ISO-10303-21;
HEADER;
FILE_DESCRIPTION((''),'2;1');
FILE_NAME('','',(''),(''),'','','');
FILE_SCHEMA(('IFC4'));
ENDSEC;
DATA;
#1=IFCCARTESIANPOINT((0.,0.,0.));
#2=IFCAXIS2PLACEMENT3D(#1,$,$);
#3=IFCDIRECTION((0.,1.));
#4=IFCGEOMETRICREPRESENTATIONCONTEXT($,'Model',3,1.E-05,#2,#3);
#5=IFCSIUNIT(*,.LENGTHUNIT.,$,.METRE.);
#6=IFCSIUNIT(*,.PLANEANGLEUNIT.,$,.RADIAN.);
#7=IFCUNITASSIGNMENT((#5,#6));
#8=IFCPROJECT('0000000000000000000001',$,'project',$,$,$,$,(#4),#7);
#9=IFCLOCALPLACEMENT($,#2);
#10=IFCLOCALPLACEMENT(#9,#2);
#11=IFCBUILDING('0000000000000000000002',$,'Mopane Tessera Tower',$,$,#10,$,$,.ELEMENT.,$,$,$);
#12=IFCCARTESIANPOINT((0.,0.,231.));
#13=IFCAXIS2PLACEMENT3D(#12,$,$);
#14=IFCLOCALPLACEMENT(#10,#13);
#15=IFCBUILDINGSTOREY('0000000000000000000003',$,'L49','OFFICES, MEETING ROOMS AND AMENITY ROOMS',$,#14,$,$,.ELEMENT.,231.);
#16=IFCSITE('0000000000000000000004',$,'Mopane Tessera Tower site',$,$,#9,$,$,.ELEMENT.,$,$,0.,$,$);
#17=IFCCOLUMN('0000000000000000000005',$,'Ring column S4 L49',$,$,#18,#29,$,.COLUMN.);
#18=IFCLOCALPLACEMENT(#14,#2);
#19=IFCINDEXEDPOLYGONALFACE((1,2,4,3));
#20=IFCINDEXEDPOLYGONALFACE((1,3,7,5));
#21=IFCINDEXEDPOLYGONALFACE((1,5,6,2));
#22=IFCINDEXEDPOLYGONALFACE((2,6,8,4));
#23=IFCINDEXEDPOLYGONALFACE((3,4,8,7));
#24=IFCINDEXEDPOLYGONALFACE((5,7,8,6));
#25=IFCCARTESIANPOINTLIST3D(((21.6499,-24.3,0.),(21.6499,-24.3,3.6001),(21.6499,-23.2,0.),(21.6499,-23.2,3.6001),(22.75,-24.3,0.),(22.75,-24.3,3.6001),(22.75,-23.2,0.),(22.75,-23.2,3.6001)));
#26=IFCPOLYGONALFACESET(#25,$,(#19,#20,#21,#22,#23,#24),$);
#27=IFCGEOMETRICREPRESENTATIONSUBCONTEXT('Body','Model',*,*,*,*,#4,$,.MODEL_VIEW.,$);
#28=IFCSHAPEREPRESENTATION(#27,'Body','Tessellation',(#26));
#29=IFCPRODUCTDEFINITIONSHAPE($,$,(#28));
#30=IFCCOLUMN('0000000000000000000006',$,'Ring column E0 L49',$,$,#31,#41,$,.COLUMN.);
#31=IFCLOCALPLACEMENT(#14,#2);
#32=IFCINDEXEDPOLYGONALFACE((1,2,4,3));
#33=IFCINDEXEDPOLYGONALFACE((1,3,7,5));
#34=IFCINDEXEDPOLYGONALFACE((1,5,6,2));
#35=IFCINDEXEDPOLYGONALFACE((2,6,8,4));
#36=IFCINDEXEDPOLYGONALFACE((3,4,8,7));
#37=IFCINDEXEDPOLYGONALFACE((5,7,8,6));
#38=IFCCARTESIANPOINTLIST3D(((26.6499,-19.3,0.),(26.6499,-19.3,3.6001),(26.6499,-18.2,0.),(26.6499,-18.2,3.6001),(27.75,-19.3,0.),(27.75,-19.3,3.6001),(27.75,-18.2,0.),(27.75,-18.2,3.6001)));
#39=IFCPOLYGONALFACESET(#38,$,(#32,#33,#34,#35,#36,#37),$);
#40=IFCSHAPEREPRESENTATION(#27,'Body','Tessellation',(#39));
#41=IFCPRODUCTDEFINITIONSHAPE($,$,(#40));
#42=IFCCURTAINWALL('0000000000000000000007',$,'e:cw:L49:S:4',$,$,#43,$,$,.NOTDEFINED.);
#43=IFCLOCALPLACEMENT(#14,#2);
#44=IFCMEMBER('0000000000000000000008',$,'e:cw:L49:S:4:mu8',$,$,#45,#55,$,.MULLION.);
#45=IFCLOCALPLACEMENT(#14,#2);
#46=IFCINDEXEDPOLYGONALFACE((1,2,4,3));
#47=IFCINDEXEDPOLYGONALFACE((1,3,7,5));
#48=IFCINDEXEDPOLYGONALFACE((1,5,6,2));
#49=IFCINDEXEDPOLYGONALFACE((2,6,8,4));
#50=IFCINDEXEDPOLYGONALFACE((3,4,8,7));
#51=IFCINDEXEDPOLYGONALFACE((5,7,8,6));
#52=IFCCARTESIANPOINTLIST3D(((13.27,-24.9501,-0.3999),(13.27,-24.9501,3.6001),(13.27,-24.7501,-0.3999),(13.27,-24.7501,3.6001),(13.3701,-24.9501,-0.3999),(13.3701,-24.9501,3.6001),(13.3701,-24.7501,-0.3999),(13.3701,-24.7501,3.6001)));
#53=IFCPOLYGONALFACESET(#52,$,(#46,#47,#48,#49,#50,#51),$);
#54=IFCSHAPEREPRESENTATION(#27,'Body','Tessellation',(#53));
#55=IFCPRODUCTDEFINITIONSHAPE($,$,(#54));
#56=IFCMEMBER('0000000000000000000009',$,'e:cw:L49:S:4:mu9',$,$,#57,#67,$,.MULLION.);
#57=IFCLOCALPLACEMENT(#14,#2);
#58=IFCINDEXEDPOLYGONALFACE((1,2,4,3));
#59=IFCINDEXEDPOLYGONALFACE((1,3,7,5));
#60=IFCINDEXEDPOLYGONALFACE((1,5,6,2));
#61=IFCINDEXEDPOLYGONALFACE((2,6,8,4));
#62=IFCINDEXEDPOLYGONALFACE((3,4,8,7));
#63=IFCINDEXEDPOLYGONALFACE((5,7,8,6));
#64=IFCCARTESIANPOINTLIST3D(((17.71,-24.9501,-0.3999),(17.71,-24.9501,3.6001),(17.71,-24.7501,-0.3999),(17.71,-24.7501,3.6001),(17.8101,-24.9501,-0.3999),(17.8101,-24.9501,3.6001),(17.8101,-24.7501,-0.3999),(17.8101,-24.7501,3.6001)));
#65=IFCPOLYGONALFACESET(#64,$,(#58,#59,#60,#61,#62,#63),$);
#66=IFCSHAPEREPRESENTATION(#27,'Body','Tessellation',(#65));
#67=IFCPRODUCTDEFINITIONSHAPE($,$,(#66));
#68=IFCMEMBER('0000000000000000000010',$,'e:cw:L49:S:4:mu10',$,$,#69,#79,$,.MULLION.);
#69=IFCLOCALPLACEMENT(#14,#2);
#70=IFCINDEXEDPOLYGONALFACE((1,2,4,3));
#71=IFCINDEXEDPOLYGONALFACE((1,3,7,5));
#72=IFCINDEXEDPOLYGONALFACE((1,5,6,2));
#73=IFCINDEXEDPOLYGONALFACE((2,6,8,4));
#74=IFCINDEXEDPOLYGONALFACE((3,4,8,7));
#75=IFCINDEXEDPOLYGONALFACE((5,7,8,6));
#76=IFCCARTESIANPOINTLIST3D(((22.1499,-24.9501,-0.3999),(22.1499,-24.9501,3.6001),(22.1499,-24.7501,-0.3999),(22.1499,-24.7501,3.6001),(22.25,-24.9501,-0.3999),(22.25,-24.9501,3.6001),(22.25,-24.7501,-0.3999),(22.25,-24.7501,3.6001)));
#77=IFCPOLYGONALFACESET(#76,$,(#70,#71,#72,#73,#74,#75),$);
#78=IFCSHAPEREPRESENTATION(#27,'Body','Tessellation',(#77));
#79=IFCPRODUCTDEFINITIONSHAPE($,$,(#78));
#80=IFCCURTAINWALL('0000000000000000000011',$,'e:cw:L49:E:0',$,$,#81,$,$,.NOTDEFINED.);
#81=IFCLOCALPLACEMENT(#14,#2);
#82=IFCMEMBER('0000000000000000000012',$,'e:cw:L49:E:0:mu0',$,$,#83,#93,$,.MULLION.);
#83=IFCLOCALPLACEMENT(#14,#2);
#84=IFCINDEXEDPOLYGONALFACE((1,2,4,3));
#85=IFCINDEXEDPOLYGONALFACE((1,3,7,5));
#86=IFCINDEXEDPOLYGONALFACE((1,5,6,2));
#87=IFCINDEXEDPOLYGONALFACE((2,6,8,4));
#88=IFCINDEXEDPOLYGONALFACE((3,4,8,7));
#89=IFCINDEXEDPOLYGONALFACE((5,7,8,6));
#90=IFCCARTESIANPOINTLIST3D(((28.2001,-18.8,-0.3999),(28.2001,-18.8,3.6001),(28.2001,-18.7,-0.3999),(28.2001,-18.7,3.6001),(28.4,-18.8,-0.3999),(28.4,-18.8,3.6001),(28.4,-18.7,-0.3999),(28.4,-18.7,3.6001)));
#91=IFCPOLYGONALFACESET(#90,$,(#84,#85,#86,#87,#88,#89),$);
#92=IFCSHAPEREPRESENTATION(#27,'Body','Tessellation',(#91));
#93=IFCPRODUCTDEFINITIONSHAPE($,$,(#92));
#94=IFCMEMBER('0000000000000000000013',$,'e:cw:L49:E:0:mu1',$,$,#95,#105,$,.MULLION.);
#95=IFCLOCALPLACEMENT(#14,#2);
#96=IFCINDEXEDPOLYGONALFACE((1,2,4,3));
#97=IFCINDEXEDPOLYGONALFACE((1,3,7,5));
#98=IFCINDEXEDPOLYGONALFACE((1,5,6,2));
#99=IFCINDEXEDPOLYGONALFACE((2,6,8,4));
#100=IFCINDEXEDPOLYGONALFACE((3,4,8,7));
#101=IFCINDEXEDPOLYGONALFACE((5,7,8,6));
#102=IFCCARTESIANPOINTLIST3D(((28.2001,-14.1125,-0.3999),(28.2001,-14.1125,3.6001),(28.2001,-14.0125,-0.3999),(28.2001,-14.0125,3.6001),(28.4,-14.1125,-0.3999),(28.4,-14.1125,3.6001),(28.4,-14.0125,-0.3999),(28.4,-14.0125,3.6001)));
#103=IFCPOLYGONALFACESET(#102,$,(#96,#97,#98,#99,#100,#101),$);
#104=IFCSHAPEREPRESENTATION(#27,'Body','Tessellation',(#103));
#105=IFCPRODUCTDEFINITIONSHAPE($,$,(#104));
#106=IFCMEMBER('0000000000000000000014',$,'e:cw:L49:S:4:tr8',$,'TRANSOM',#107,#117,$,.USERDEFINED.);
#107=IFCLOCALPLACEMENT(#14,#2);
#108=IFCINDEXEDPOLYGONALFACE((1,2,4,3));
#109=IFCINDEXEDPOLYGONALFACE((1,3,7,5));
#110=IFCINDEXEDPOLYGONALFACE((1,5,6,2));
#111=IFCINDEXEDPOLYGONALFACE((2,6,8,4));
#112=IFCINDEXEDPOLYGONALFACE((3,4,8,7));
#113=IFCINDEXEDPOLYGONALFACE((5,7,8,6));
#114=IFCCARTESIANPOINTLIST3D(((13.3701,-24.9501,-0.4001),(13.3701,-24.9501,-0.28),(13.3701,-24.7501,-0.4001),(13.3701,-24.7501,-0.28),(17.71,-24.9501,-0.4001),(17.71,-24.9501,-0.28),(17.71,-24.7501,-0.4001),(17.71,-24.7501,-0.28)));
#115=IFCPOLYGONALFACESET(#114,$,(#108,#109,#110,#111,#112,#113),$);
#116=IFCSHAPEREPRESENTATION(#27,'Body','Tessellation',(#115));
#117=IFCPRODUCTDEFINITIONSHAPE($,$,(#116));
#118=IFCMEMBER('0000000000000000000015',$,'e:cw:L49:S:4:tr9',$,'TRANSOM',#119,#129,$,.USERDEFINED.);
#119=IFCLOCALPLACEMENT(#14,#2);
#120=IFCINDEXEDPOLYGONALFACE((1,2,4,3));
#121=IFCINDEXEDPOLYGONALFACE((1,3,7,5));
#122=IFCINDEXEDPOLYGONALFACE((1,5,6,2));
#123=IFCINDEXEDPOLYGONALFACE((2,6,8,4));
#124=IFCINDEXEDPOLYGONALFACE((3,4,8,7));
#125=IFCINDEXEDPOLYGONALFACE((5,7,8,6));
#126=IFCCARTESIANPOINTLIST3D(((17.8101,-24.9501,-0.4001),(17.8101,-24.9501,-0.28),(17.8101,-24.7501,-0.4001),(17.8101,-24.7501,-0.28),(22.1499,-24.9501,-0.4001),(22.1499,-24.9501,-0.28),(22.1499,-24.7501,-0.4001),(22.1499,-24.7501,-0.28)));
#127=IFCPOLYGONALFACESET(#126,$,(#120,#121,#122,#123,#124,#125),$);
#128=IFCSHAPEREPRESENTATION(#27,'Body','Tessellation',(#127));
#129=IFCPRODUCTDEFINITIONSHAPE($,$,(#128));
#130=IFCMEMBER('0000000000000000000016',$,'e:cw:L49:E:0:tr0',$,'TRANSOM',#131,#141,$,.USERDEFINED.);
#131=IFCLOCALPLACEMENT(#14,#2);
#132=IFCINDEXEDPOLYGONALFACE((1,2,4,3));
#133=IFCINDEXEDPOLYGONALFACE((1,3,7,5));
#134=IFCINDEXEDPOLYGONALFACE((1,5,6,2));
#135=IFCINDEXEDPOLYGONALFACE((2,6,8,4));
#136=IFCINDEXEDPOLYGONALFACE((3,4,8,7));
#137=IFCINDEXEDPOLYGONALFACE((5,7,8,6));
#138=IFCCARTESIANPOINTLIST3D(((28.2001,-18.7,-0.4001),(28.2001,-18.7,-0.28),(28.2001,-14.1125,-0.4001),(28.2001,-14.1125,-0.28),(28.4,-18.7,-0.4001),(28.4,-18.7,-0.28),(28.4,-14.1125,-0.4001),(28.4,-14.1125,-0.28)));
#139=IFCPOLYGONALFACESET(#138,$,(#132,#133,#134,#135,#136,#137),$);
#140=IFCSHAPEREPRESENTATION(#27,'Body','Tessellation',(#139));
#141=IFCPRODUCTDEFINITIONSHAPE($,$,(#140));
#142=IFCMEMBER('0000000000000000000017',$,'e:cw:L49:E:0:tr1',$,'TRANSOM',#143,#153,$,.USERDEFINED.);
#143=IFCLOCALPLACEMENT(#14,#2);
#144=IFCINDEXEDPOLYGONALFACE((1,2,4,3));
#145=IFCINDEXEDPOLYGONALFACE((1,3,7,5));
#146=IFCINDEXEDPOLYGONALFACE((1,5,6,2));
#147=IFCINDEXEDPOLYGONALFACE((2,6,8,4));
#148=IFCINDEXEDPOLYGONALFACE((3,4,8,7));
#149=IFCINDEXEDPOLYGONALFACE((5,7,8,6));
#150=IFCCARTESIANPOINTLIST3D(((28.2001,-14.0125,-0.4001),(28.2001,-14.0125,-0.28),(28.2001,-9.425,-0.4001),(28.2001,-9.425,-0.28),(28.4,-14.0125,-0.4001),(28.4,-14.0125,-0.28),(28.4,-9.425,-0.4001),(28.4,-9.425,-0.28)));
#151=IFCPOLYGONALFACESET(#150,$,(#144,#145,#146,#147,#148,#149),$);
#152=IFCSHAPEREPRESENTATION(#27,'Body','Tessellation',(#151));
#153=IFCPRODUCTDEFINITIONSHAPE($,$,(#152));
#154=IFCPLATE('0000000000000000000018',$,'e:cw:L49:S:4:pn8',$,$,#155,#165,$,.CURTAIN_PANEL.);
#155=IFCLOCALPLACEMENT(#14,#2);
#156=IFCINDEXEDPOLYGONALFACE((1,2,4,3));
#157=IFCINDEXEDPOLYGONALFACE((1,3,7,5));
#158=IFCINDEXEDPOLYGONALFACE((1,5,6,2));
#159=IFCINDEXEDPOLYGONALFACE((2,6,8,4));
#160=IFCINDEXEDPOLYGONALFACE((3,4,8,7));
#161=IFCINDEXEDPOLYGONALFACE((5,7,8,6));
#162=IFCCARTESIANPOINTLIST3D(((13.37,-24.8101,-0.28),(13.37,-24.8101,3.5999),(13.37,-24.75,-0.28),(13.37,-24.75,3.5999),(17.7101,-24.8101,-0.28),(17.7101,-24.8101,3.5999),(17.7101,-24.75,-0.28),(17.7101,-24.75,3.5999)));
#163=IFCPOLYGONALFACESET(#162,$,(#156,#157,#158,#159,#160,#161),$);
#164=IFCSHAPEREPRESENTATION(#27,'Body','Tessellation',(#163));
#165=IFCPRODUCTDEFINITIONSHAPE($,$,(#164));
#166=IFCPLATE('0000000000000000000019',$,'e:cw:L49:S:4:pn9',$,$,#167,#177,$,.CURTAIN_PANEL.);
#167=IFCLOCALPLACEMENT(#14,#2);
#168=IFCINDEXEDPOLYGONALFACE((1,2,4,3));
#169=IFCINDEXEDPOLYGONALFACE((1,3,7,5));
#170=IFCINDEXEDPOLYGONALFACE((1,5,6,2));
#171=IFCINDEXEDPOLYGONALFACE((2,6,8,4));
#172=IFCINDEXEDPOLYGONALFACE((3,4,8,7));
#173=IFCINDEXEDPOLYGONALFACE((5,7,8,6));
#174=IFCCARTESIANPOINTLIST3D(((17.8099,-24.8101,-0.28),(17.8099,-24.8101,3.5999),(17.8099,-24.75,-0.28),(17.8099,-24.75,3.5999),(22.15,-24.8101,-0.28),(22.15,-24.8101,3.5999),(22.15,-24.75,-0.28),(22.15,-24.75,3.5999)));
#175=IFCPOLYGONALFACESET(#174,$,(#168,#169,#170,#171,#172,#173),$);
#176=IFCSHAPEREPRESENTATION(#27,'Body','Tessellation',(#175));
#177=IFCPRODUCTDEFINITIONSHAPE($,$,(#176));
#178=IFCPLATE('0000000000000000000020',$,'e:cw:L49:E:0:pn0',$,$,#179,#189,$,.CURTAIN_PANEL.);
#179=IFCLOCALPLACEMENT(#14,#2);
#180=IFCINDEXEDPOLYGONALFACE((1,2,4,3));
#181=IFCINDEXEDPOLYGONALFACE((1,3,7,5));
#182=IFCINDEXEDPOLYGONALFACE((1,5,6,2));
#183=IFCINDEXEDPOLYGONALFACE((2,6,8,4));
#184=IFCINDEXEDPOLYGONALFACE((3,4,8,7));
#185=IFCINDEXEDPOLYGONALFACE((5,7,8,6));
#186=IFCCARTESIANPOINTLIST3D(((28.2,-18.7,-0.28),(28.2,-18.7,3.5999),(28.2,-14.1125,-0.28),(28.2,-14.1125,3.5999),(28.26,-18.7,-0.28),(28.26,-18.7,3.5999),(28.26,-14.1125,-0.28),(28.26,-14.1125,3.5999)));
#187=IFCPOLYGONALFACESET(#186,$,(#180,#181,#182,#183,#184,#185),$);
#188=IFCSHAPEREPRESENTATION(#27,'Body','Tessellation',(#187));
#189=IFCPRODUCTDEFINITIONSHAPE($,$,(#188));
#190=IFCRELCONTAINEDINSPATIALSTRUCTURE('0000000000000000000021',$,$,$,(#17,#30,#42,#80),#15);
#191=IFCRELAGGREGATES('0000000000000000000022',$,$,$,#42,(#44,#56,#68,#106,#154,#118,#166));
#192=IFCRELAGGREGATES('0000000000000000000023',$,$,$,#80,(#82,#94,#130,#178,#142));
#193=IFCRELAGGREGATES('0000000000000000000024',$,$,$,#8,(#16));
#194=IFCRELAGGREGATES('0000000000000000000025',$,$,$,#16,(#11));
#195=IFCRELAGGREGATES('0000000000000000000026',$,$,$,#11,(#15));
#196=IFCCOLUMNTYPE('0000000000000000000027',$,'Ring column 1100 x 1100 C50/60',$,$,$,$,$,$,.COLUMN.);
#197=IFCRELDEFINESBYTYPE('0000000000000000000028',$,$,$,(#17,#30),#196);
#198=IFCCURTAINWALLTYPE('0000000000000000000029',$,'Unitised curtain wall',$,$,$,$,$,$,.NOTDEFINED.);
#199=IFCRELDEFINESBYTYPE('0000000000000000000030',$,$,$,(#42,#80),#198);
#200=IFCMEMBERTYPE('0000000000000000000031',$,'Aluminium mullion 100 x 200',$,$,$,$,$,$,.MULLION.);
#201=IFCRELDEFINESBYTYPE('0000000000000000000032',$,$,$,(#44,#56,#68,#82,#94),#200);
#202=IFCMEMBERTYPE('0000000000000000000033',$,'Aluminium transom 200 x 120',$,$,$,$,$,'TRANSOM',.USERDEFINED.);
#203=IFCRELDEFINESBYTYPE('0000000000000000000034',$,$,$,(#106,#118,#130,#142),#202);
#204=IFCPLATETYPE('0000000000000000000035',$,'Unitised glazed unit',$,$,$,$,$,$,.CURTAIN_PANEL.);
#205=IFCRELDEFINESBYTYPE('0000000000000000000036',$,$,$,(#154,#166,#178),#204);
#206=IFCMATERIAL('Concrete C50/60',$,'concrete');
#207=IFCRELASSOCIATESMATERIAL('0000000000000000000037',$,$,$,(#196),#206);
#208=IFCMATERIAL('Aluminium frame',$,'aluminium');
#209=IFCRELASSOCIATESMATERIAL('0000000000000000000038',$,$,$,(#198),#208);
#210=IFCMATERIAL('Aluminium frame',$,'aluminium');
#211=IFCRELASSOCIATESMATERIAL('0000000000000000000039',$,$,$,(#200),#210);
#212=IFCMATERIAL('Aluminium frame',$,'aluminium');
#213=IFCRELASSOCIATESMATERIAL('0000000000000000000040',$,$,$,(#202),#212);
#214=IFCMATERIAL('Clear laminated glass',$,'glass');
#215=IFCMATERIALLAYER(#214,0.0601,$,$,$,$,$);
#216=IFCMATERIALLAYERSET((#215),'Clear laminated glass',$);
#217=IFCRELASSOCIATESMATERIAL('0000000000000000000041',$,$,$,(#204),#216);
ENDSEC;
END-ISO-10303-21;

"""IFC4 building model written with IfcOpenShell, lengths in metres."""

from ifc_helpers import new_model, si_unit, direction, frame, origin, origin_2d, place, context, subcontext, project, spatial, rectangle, extrude, material, layer, layer_set, material_profile, profile_set, type_object, element, aggregate, save


model = new_model("IFC4")

# Units and contexts
model_context = context("Model", 3, precision=1e-05, world=origin(), true_north=direction((0.0, 1.0)))
body_context = subcontext(model_context, "Body", "Model", "MODEL_VIEW")
ifc_project = project(units=[si_unit("LENGTHUNIT", "METRE"), si_unit("PLANEANGLEUNIT", "RADIAN")], contexts=[model_context])

# Site, building, storey
site_placement = place(None, origin())
site = spatial("IfcSite", under=ifc_project, at=site_placement, Name="Mopane Tessera Tower site", CompositionType="ELEMENT", RefElevation=0.0)
building_placement = place(site_placement, origin())
building = spatial("IfcBuilding", under=site, at=building_placement, Name="Mopane Tessera Tower", CompositionType="ELEMENT")
storey_placement = place(building_placement, frame((0.0, 0.0, 231.0)))
storey = spatial("IfcBuildingStorey", under=building, at=storey_placement, Name="L49", Description="OFFICES, MEETING ROOMS AND AMENITY ROOMS", CompositionType="ELEMENT", Elevation=231.0)

# Columns
ifc_material_1 = material(Name="Concrete C50/60", Category="concrete")
ifc_material_profile_1 = material_profile(ifc_material_1, rectangle(XDim=1.1001, YDim=1.1001, at=origin_2d()))
ifc_profile_set_1 = profile_set([ifc_material_profile_1], Name="Concrete C50/60")
column_type = type_object("IfcColumnType", Name="Ring column 1100 x 1100 C50/60", PredefinedType="COLUMN", material=ifc_profile_set_1)
for number, where, z_axis, x_axis, name in (
    (1, (22.2, -23.75, 0.0), (0.0, 0.0, 1.0), (1.0, 0.0, 0.0), "Ring column S4 L49"),
    (2, (27.2, -18.75, 0.0), (0.0, 0.0, 1.0), (1.0, 0.0, 0.0), "Ring column E0 L49"),
):
    element("IfcColumn", number, at=place(storey_placement, frame(where, z_axis=z_axis, x_axis=x_axis)), inside=storey, type_object=column_type, Name=name, PredefinedType="COLUMN", context=body_context, shape_type="SweptSolid", body=[
        extrude(rectangle(XDim=1.1001, YDim=1.1001, at=origin_2d()), origin(), (0.0, 0.0, 1.0), 3.6001),
    ])

# Curtain walls, members
ifc_material_2 = material(Name="Aluminium frame", Category="aluminium")
curtain_wall_type = type_object("IfcCurtainWallType", Name="Unitised curtain wall", PredefinedType="NOTDEFINED", material=ifc_material_2)
curtain_wall_1_placement = place(storey_placement, origin())
curtain_wall_1 = element("IfcCurtainWall", 3, at=curtain_wall_1_placement, inside=storey, type_object=curtain_wall_type, Name="e:cw:L49:S:4", PredefinedType="NOTDEFINED")
ifc_material_3 = material(Name="Aluminium frame", Category="aluminium")
ifc_material_profile_2 = material_profile(ifc_material_3, rectangle(XDim=0.1001, YDim=0.2, at=origin_2d()))
ifc_profile_set_2 = profile_set([ifc_material_profile_2], Name="Aluminium frame")
member_type_1 = type_object("IfcMemberType", Name="Aluminium mullion 100 x 200", PredefinedType="MULLION", material=ifc_profile_set_2)
member_1_placement = place(storey_placement, frame((13.3201, -24.8501, -0.3999), z_axis=(0.0, 0.0, 1.0), x_axis=(1.0, 0.0, 0.0)))
member_1 = element("IfcMember", 4, at=member_1_placement, type_object=member_type_1, Name="e:cw:L49:S:4:mu8", PredefinedType="MULLION", context=body_context, shape_type="SweptSolid", body=[
    extrude(rectangle(XDim=0.1001, YDim=0.2, at=origin_2d()), origin(), (0.0, 0.0, 1.0), 4.0),
])
member_2_placement = place(storey_placement, frame((17.76, -24.8501, -0.3999), z_axis=(0.0, 0.0, 1.0), x_axis=(1.0, 0.0, 0.0)))
member_2 = element("IfcMember", 5, at=member_2_placement, type_object=member_type_1, Name="e:cw:L49:S:4:mu9", PredefinedType="MULLION", context=body_context, shape_type="SweptSolid", body=[
    extrude(rectangle(XDim=0.1001, YDim=0.2, at=origin_2d()), origin(), (0.0, 0.0, 1.0), 4.0),
])
member_3_placement = place(storey_placement, frame((22.2, -24.8501, -0.3999), z_axis=(0.0, 0.0, 1.0), x_axis=(1.0, 0.0, 0.0)))
member_3 = element("IfcMember", 6, at=member_3_placement, type_object=member_type_1, Name="e:cw:L49:S:4:mu10", PredefinedType="MULLION", context=body_context, shape_type="SweptSolid", body=[
    extrude(rectangle(XDim=0.1001, YDim=0.2, at=origin_2d()), origin(), (0.0, 0.0, 1.0), 4.0),
])
curtain_wall_2_placement = place(storey_placement, origin())
curtain_wall_2 = element("IfcCurtainWall", 7, at=curtain_wall_2_placement, inside=storey, type_object=curtain_wall_type, Name="e:cw:L49:E:0", PredefinedType="NOTDEFINED")
member_4_placement = place(storey_placement, frame((28.3, -18.75, -0.3999), z_axis=(0.0, 0.0, 1.0), x_axis=(0.0, 1.0, 0.0)))
member_4 = element("IfcMember", 8, at=member_4_placement, type_object=member_type_1, Name="e:cw:L49:E:0:mu0", PredefinedType="MULLION", context=body_context, shape_type="SweptSolid", body=[
    extrude(rectangle(XDim=0.1001, YDim=0.2, at=origin_2d()), origin(), (0.0, 0.0, 1.0), 4.0),
])
member_5_placement = place(storey_placement, frame((28.3, -14.0625, -0.3999), z_axis=(0.0, 0.0, 1.0), x_axis=(0.0, 1.0, 0.0)))
member_5 = element("IfcMember", 9, at=member_5_placement, type_object=member_type_1, Name="e:cw:L49:E:0:mu1", PredefinedType="MULLION", context=body_context, shape_type="SweptSolid", body=[
    extrude(rectangle(XDim=0.1001, YDim=0.2, at=origin_2d()), origin(), (0.0, 0.0, 1.0), 4.0),
])

# Members
ifc_material_4 = material(Name="Aluminium frame", Category="aluminium")
ifc_material_profile_3 = material_profile(ifc_material_4, rectangle(XDim=0.2, YDim=0.1201, at=origin_2d()))
ifc_profile_set_3 = profile_set([ifc_material_profile_3], Name="Aluminium frame")
member_type_2 = type_object("IfcMemberType", Name="Aluminium transom 200 x 120", ElementType="TRANSOM", PredefinedType="USERDEFINED", material=ifc_profile_set_3)
member_6_placement = place(storey_placement, frame((13.3701, -24.8501, -0.3401), z_axis=(1.0, 0.0, 0.0), x_axis=(0.0, 1.0, 0.0)))
member_6 = element("IfcMember", 10, at=member_6_placement, type_object=member_type_2, Name="e:cw:L49:S:4:tr8", ObjectType="TRANSOM", PredefinedType="USERDEFINED", context=body_context, shape_type="SweptSolid", body=[
    extrude(rectangle(XDim=0.2, YDim=0.1201, at=origin_2d()), origin(), (0.0, 0.0, 1.0), 4.3398),
])
member_7_placement = place(storey_placement, frame((17.8101, -24.8501, -0.3401), z_axis=(1.0, 0.0, 0.0), x_axis=(0.0, 1.0, 0.0)))
member_7 = element("IfcMember", 11, at=member_7_placement, type_object=member_type_2, Name="e:cw:L49:S:4:tr9", ObjectType="TRANSOM", PredefinedType="USERDEFINED", context=body_context, shape_type="SweptSolid", body=[
    extrude(rectangle(XDim=0.2, YDim=0.1201, at=origin_2d()), origin(), (0.0, 0.0, 1.0), 4.3398),
])
member_8_placement = place(storey_placement, frame((28.3, -18.7, -0.3401), z_axis=(0.0, 1.0, 0.0), x_axis=(-1.0, 0.0, 0.0)))
member_8 = element("IfcMember", 12, at=member_8_placement, type_object=member_type_2, Name="e:cw:L49:E:0:tr0", ObjectType="TRANSOM", PredefinedType="USERDEFINED", context=body_context, shape_type="SweptSolid", body=[
    extrude(rectangle(XDim=0.2, YDim=0.1201, at=origin_2d()), origin(), (0.0, 0.0, 1.0), 4.5874),
])
member_9_placement = place(storey_placement, frame((28.3, -14.0125, -0.3401), z_axis=(0.0, 1.0, 0.0), x_axis=(-1.0, 0.0, 0.0)))
member_9 = element("IfcMember", 13, at=member_9_placement, type_object=member_type_2, Name="e:cw:L49:E:0:tr1", ObjectType="TRANSOM", PredefinedType="USERDEFINED", context=body_context, shape_type="SweptSolid", body=[
    extrude(rectangle(XDim=0.2, YDim=0.1201, at=origin_2d()), origin(), (0.0, 0.0, 1.0), 4.5874),
])

# Plates
ifc_material_5 = material(Name="Clear laminated glass", Category="glass")
ifc_layer_1 = layer(ifc_material_5, 0.0601)
ifc_layer_set_1 = layer_set([ifc_layer_1], Name="Clear laminated glass")
plate_type = type_object("IfcPlateType", Name="Unitised glazed unit", PredefinedType="CURTAIN_PANEL", material=ifc_layer_set_1)
plate_1_placement = place(storey_placement, frame((15.54, -24.78, -0.28), z_axis=(0.0, 0.0, 1.0), x_axis=(1.0, 0.0, 0.0)))
plate_1 = element("IfcPlate", 14, at=plate_1_placement, type_object=plate_type, Name="e:cw:L49:S:4:pn8", PredefinedType="CURTAIN_PANEL", context=body_context, shape_type="SweptSolid", body=[
    extrude(rectangle(XDim=4.3401, YDim=0.0601, at=origin_2d()), origin(), (0.0, 0.0, 1.0), 3.8799),
])
plate_2_placement = place(storey_placement, frame((19.98, -24.78, -0.28), z_axis=(0.0, 0.0, 1.0), x_axis=(1.0, 0.0, 0.0)))
plate_2 = element("IfcPlate", 15, at=plate_2_placement, type_object=plate_type, Name="e:cw:L49:S:4:pn9", PredefinedType="CURTAIN_PANEL", context=body_context, shape_type="SweptSolid", body=[
    extrude(rectangle(XDim=4.3401, YDim=0.0601, at=origin_2d()), origin(), (0.0, 0.0, 1.0), 3.8799),
])
aggregate(curtain_wall_1, [member_1, member_2, member_3, member_6, plate_1, member_7, plate_2])
plate_3_placement = place(storey_placement, frame((28.23, -16.4062, -0.28), z_axis=(0.0, 0.0, 1.0), x_axis=(0.0, 1.0, 0.0)))
plate_3 = element("IfcPlate", 16, at=plate_3_placement, type_object=plate_type, Name="e:cw:L49:E:0:pn0", PredefinedType="CURTAIN_PANEL", context=body_context, shape_type="SweptSolid", body=[
    extrude(rectangle(XDim=4.5874, YDim=0.0601, at=origin_2d()), origin(), (0.0, 0.0, 1.0), 3.8799),
])
aggregate(curtain_wall_2, [member_4, member_5, member_8, plate_3, member_9])

save(model, "model.ifc")
